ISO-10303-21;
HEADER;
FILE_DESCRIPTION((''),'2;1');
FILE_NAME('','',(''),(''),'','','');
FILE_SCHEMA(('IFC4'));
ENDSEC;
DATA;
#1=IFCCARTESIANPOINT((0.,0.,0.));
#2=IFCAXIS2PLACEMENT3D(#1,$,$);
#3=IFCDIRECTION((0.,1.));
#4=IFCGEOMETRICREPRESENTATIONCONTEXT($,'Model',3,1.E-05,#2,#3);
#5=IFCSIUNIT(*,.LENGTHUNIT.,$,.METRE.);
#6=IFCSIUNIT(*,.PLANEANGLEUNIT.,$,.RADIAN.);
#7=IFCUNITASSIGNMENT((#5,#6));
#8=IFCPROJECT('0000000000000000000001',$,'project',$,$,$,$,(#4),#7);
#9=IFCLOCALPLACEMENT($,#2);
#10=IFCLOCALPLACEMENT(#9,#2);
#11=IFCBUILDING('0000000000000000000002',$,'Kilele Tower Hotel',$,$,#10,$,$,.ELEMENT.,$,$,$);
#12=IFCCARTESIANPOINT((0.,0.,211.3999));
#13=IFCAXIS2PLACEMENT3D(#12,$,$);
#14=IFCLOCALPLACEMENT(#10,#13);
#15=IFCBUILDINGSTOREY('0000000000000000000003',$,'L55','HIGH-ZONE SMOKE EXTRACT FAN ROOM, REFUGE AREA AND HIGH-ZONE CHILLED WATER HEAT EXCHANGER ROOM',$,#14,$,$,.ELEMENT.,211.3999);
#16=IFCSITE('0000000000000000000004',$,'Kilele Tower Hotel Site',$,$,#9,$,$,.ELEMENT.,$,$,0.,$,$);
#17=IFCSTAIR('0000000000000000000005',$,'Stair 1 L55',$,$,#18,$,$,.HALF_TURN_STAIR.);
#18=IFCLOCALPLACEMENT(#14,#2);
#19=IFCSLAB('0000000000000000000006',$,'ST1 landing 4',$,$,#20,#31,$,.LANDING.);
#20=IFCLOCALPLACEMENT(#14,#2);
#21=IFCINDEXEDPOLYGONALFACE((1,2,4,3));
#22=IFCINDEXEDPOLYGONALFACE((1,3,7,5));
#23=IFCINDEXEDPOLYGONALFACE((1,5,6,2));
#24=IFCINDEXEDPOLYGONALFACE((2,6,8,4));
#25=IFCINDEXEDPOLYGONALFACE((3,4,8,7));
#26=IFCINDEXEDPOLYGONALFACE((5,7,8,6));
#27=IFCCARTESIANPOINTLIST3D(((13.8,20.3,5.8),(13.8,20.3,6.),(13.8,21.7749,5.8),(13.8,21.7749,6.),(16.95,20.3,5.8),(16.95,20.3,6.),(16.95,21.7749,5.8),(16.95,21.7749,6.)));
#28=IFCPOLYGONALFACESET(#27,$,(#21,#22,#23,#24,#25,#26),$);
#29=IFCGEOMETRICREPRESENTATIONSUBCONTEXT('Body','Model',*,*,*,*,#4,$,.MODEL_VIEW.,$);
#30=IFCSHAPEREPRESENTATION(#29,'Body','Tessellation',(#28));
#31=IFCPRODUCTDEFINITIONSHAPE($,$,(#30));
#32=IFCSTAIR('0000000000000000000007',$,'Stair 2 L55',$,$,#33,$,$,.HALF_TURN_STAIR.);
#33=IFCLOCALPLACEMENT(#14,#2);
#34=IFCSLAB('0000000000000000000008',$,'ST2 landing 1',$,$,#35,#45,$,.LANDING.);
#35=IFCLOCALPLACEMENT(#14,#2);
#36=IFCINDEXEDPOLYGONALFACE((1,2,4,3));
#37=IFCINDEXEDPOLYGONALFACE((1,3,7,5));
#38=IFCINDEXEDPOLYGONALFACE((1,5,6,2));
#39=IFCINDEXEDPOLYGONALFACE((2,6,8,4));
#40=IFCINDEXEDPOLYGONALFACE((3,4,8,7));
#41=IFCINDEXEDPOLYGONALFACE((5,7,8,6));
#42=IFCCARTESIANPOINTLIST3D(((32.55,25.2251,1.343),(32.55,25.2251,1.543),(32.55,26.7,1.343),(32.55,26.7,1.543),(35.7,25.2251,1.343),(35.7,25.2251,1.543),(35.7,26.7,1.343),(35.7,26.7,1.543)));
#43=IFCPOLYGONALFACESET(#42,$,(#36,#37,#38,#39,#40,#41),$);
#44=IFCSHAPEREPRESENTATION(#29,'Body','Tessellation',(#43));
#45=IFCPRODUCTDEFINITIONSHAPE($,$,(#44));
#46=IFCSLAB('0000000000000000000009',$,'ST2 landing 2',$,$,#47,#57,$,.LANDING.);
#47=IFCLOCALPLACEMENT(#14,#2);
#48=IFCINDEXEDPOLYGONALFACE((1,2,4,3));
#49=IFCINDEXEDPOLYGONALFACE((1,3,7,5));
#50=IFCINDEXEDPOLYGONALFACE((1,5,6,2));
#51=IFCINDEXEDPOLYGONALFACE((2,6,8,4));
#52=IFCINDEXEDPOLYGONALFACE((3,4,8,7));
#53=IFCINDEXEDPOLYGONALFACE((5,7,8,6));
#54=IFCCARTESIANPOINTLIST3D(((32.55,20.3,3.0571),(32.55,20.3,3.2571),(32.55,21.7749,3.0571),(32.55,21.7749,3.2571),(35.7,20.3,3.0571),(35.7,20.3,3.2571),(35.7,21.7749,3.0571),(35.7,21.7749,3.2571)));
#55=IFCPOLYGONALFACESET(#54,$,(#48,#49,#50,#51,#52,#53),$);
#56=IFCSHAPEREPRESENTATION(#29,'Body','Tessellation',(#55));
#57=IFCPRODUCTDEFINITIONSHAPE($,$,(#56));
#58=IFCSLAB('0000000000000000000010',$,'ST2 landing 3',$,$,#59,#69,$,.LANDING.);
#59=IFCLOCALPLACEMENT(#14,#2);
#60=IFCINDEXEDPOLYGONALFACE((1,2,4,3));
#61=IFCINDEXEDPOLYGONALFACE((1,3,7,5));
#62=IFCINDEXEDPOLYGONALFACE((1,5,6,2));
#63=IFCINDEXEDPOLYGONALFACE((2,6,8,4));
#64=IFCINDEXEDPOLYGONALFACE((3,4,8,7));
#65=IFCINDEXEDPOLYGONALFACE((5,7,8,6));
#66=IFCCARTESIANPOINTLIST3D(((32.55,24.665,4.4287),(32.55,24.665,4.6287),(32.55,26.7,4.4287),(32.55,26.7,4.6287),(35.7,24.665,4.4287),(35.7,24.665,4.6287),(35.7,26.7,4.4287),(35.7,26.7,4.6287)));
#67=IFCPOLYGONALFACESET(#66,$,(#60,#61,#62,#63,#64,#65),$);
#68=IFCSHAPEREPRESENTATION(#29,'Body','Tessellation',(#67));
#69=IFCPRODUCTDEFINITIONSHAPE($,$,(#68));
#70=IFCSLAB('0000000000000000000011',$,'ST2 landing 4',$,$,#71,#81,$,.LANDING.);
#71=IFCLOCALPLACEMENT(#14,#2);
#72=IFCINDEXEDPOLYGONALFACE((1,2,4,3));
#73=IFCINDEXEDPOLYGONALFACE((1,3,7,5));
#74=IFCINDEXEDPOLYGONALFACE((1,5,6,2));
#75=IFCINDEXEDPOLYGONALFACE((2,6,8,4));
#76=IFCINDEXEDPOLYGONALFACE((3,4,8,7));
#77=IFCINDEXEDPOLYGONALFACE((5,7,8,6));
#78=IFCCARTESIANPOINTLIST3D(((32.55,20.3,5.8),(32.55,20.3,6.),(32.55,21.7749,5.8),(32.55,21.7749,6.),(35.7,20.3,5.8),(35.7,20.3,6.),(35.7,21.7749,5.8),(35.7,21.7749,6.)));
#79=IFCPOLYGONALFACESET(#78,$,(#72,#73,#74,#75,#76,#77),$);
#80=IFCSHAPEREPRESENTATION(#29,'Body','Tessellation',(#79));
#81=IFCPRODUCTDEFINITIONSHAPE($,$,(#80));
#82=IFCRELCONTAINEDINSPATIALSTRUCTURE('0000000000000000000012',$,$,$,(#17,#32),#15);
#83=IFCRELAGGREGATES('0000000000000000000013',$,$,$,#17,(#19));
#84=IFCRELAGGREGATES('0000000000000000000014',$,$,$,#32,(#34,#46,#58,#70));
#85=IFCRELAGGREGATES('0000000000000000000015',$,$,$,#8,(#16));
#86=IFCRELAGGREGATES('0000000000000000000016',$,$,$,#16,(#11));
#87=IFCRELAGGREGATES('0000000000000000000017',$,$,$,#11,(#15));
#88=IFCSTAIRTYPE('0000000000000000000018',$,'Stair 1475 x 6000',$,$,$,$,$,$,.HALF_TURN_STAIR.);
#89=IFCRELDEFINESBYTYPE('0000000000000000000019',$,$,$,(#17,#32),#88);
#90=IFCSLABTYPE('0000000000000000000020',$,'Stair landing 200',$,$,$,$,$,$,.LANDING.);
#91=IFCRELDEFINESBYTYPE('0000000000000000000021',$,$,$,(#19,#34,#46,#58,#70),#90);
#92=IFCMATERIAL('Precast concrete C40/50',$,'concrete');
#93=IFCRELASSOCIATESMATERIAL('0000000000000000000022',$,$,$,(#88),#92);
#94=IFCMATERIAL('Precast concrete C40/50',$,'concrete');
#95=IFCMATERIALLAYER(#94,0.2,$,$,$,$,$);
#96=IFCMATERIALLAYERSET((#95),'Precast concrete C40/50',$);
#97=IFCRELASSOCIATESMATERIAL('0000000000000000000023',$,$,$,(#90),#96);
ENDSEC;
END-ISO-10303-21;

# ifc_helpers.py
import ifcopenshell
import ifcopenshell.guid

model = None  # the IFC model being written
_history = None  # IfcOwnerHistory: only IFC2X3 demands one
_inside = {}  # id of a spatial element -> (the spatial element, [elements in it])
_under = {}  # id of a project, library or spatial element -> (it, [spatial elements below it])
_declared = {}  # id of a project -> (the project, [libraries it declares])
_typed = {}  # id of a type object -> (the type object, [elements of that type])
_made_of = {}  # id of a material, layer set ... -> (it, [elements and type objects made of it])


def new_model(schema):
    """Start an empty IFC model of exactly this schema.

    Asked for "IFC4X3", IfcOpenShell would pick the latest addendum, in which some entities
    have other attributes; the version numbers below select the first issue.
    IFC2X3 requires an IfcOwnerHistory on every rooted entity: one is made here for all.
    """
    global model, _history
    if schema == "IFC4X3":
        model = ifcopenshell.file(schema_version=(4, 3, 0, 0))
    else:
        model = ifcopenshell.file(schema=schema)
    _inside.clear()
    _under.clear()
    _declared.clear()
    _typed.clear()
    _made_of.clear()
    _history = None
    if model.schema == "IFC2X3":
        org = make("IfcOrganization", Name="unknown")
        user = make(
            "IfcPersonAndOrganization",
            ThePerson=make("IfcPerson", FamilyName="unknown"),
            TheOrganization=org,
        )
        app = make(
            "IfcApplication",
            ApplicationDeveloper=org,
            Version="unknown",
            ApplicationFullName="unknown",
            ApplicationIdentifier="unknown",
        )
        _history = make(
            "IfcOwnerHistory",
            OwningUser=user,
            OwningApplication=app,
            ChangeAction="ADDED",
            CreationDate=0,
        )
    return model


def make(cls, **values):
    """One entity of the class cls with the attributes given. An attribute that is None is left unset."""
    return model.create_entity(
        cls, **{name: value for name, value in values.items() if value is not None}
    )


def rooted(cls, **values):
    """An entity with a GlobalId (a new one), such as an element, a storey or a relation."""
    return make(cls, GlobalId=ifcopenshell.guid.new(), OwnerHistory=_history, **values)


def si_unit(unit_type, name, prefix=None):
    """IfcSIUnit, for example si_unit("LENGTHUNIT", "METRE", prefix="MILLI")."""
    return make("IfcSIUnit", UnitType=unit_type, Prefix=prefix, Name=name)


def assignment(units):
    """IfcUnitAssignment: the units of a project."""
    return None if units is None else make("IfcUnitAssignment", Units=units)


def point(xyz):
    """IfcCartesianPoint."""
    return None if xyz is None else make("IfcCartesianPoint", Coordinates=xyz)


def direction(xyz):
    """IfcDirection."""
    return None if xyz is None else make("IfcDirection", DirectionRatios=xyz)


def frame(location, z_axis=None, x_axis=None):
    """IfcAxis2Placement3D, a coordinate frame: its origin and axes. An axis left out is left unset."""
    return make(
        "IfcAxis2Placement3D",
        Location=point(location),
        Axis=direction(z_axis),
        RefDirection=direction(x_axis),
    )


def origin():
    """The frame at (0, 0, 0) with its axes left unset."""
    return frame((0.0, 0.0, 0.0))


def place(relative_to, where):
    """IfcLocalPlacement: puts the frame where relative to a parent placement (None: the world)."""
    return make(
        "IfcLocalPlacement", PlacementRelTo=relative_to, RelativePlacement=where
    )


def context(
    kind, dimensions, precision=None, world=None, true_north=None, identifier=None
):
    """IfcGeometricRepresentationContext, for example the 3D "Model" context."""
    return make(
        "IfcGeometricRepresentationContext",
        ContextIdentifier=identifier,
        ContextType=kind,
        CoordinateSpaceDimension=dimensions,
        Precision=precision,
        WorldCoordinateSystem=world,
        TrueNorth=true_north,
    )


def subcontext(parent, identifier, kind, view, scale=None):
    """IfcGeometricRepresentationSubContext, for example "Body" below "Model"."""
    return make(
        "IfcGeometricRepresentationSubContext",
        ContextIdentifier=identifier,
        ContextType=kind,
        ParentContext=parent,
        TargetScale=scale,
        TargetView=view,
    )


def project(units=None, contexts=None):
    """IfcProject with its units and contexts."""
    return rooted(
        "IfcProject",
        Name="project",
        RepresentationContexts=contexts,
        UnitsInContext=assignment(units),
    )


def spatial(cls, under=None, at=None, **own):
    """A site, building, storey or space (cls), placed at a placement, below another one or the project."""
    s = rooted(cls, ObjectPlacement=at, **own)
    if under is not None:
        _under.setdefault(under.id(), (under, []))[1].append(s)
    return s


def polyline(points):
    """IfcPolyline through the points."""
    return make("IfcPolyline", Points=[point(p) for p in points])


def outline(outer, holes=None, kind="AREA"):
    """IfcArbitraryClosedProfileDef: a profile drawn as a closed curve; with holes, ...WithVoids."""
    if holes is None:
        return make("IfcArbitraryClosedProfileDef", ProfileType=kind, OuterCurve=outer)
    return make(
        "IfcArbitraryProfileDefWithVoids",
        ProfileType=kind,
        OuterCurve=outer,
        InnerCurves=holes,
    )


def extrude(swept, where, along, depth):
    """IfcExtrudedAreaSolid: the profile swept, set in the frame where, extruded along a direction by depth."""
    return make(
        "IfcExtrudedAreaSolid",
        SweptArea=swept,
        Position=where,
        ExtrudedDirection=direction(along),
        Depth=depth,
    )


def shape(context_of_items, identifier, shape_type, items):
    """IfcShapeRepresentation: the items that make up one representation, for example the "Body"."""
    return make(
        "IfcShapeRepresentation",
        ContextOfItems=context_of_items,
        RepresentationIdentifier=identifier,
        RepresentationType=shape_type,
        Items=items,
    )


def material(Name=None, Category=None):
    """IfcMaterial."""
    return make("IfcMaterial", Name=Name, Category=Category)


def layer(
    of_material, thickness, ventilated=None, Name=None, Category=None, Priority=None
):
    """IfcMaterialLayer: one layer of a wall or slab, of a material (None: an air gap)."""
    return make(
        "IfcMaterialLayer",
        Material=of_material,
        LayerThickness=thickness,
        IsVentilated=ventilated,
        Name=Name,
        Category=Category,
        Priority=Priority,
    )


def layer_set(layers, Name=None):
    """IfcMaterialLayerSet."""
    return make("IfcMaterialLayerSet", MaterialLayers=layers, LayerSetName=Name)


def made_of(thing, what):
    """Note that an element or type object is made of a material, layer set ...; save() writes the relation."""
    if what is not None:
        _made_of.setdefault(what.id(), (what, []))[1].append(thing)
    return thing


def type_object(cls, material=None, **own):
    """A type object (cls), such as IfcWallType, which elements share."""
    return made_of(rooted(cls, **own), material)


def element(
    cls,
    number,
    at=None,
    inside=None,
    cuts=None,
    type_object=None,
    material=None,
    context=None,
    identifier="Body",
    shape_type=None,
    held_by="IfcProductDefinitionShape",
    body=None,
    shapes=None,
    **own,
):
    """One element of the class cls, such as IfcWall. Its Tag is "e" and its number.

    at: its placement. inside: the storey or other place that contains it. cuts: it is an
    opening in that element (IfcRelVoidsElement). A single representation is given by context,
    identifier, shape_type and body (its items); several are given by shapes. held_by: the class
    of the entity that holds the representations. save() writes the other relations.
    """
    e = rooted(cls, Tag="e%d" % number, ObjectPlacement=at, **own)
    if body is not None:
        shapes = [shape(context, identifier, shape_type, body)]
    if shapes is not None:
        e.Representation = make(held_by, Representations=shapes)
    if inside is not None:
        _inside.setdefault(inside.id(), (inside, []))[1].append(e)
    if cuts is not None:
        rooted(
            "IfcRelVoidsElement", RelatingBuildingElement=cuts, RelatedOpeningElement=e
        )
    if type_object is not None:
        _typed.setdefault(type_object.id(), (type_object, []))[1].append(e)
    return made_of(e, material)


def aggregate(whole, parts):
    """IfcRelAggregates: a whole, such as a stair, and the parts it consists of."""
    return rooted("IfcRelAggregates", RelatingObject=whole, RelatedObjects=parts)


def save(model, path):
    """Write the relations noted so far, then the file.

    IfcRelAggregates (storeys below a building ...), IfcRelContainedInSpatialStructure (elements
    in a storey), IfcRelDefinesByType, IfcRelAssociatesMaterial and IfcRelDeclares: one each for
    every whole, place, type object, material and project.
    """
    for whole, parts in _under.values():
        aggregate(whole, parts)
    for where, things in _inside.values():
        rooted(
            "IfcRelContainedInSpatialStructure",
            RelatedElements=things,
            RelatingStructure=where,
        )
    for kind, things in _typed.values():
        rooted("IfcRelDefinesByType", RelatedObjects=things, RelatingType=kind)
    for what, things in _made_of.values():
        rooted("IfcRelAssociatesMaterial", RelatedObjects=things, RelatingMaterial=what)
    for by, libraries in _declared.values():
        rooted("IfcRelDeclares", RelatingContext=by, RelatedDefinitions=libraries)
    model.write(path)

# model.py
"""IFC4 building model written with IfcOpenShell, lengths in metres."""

from ifc_helpers import new_model, si_unit, direction, frame, origin, place, context, subcontext, project, spatial, polyline, outline, extrude, material, layer, layer_set, type_object, element, aggregate, save


model = new_model("IFC4")

# Units and contexts
model_context = context("Model", 3, precision=1e-05, world=origin(), true_north=direction((0.0, 1.0)))
body_context = subcontext(model_context, "Body", "Model", "MODEL_VIEW")
ifc_project = project(units=[si_unit("LENGTHUNIT", "METRE"), si_unit("PLANEANGLEUNIT", "RADIAN")], contexts=[model_context])

# Site, building, storey
site_placement = place(None, origin())
site = spatial("IfcSite", under=ifc_project, at=site_placement, Name="Kilele Tower Hotel Site", CompositionType="ELEMENT", RefElevation=0.0)
building_placement = place(site_placement, origin())
building = spatial("IfcBuilding", under=site, at=building_placement, Name="Kilele Tower Hotel", CompositionType="ELEMENT")
storey_placement = place(building_placement, frame((0.0, 0.0, 211.3999)))
storey = spatial("IfcBuildingStorey", under=building, at=storey_placement, Name="L55", Description="HIGH-ZONE SMOKE EXTRACT FAN ROOM, REFUGE AREA AND HIGH-ZONE CHILLED WATER HEAT EXCHANGER ROOM", CompositionType="ELEMENT", Elevation=211.3999)

# Stairs, slabs
ifc_material_1 = material(Name="Precast concrete C40/50", Category="concrete")
stair_type = type_object("IfcStairType", Name="Stair 1475 x 6000", PredefinedType="HALF_TURN_STAIR", material=ifc_material_1)
stair_1_placement = place(storey_placement, origin())
stair_1 = element("IfcStair", 1, at=stair_1_placement, inside=storey, type_object=stair_type, Name="Stair 1 L55", PredefinedType="HALF_TURN_STAIR")
ifc_material_2 = material(Name="Precast concrete C40/50", Category="concrete")
ifc_layer_1 = layer(ifc_material_2, 0.2)
ifc_layer_set_1 = layer_set([ifc_layer_1], Name="Precast concrete C40/50")
slab_type_1 = type_object("IfcSlabType", Name="Stair landing 200", PredefinedType="LANDING", material=ifc_layer_set_1)
slab_1_placement = place(storey_placement, frame((0.0, 0.0, 5.8)))
slab_1 = element("IfcSlab", 2, at=slab_1_placement, type_object=slab_type_1, Name="ST1 landing 4", PredefinedType="LANDING", context=body_context, shape_type="SweptSolid", body=[
    extrude(outline(polyline([(13.8, 20.3), (16.95, 20.3), (16.95, 21.7749), (13.8, 21.7749), (13.8, 20.3)])), origin(), (0.0, 0.0, 1.0), 0.2),
])
aggregate(stair_1, [slab_1])
stair_2_placement = place(storey_placement, origin())
stair_2 = element("IfcStair", 3, at=stair_2_placement, inside=storey, type_object=stair_type, Name="Stair 2 L55", PredefinedType="HALF_TURN_STAIR")
slab_2_placement = place(storey_placement, frame((0.0, 0.0, 1.343)))
slab_2 = element("IfcSlab", 4, at=slab_2_placement, type_object=slab_type_1, Name="ST2 landing 1", PredefinedType="LANDING", context=body_context, shape_type="SweptSolid", body=[
    extrude(outline(polyline([(32.55, 25.2251), (35.7, 25.2251), (35.7, 26.7), (32.55, 26.7), (32.55, 25.2251)])), origin(), (0.0, 0.0, 1.0), 0.2),
])
slab_3_placement = place(storey_placement, frame((0.0, 0.0, 3.0571)))
slab_3 = element("IfcSlab", 5, at=slab_3_placement, type_object=slab_type_1, Name="ST2 landing 2", PredefinedType="LANDING", context=body_context, shape_type="SweptSolid", body=[
    extrude(outline(polyline([(32.55, 20.3), (35.7, 20.3), (35.7, 21.7749), (32.55, 21.7749), (32.55, 20.3)])), origin(), (0.0, 0.0, 1.0), 0.2),
])
slab_4_placement = place(storey_placement, frame((0.0, 0.0, 4.4287)))
slab_4 = element("IfcSlab", 6, at=slab_4_placement, type_object=slab_type_1, Name="ST2 landing 3", PredefinedType="LANDING", context=body_context, shape_type="SweptSolid", body=[
    extrude(outline(polyline([(32.55, 24.665), (35.7, 24.665), (35.7, 26.7), (32.55, 26.7), (32.55, 24.665)])), origin(), (0.0, 0.0, 1.0), 0.2),
])
slab_5_placement = place(storey_placement, frame((0.0, 0.0, 5.8)))
slab_5 = element("IfcSlab", 7, at=slab_5_placement, type_object=slab_type_1, Name="ST2 landing 4", PredefinedType="LANDING", context=body_context, shape_type="SweptSolid", body=[
    extrude(outline(polyline([(32.55, 20.3), (35.7, 20.3), (35.7, 21.7749), (32.55, 21.7749), (32.55, 20.3)])), origin(), (0.0, 0.0, 1.0), 0.2),
])
aggregate(stair_2, [slab_2, slab_3, slab_4, slab_5])

save(model, "model.ifc")
